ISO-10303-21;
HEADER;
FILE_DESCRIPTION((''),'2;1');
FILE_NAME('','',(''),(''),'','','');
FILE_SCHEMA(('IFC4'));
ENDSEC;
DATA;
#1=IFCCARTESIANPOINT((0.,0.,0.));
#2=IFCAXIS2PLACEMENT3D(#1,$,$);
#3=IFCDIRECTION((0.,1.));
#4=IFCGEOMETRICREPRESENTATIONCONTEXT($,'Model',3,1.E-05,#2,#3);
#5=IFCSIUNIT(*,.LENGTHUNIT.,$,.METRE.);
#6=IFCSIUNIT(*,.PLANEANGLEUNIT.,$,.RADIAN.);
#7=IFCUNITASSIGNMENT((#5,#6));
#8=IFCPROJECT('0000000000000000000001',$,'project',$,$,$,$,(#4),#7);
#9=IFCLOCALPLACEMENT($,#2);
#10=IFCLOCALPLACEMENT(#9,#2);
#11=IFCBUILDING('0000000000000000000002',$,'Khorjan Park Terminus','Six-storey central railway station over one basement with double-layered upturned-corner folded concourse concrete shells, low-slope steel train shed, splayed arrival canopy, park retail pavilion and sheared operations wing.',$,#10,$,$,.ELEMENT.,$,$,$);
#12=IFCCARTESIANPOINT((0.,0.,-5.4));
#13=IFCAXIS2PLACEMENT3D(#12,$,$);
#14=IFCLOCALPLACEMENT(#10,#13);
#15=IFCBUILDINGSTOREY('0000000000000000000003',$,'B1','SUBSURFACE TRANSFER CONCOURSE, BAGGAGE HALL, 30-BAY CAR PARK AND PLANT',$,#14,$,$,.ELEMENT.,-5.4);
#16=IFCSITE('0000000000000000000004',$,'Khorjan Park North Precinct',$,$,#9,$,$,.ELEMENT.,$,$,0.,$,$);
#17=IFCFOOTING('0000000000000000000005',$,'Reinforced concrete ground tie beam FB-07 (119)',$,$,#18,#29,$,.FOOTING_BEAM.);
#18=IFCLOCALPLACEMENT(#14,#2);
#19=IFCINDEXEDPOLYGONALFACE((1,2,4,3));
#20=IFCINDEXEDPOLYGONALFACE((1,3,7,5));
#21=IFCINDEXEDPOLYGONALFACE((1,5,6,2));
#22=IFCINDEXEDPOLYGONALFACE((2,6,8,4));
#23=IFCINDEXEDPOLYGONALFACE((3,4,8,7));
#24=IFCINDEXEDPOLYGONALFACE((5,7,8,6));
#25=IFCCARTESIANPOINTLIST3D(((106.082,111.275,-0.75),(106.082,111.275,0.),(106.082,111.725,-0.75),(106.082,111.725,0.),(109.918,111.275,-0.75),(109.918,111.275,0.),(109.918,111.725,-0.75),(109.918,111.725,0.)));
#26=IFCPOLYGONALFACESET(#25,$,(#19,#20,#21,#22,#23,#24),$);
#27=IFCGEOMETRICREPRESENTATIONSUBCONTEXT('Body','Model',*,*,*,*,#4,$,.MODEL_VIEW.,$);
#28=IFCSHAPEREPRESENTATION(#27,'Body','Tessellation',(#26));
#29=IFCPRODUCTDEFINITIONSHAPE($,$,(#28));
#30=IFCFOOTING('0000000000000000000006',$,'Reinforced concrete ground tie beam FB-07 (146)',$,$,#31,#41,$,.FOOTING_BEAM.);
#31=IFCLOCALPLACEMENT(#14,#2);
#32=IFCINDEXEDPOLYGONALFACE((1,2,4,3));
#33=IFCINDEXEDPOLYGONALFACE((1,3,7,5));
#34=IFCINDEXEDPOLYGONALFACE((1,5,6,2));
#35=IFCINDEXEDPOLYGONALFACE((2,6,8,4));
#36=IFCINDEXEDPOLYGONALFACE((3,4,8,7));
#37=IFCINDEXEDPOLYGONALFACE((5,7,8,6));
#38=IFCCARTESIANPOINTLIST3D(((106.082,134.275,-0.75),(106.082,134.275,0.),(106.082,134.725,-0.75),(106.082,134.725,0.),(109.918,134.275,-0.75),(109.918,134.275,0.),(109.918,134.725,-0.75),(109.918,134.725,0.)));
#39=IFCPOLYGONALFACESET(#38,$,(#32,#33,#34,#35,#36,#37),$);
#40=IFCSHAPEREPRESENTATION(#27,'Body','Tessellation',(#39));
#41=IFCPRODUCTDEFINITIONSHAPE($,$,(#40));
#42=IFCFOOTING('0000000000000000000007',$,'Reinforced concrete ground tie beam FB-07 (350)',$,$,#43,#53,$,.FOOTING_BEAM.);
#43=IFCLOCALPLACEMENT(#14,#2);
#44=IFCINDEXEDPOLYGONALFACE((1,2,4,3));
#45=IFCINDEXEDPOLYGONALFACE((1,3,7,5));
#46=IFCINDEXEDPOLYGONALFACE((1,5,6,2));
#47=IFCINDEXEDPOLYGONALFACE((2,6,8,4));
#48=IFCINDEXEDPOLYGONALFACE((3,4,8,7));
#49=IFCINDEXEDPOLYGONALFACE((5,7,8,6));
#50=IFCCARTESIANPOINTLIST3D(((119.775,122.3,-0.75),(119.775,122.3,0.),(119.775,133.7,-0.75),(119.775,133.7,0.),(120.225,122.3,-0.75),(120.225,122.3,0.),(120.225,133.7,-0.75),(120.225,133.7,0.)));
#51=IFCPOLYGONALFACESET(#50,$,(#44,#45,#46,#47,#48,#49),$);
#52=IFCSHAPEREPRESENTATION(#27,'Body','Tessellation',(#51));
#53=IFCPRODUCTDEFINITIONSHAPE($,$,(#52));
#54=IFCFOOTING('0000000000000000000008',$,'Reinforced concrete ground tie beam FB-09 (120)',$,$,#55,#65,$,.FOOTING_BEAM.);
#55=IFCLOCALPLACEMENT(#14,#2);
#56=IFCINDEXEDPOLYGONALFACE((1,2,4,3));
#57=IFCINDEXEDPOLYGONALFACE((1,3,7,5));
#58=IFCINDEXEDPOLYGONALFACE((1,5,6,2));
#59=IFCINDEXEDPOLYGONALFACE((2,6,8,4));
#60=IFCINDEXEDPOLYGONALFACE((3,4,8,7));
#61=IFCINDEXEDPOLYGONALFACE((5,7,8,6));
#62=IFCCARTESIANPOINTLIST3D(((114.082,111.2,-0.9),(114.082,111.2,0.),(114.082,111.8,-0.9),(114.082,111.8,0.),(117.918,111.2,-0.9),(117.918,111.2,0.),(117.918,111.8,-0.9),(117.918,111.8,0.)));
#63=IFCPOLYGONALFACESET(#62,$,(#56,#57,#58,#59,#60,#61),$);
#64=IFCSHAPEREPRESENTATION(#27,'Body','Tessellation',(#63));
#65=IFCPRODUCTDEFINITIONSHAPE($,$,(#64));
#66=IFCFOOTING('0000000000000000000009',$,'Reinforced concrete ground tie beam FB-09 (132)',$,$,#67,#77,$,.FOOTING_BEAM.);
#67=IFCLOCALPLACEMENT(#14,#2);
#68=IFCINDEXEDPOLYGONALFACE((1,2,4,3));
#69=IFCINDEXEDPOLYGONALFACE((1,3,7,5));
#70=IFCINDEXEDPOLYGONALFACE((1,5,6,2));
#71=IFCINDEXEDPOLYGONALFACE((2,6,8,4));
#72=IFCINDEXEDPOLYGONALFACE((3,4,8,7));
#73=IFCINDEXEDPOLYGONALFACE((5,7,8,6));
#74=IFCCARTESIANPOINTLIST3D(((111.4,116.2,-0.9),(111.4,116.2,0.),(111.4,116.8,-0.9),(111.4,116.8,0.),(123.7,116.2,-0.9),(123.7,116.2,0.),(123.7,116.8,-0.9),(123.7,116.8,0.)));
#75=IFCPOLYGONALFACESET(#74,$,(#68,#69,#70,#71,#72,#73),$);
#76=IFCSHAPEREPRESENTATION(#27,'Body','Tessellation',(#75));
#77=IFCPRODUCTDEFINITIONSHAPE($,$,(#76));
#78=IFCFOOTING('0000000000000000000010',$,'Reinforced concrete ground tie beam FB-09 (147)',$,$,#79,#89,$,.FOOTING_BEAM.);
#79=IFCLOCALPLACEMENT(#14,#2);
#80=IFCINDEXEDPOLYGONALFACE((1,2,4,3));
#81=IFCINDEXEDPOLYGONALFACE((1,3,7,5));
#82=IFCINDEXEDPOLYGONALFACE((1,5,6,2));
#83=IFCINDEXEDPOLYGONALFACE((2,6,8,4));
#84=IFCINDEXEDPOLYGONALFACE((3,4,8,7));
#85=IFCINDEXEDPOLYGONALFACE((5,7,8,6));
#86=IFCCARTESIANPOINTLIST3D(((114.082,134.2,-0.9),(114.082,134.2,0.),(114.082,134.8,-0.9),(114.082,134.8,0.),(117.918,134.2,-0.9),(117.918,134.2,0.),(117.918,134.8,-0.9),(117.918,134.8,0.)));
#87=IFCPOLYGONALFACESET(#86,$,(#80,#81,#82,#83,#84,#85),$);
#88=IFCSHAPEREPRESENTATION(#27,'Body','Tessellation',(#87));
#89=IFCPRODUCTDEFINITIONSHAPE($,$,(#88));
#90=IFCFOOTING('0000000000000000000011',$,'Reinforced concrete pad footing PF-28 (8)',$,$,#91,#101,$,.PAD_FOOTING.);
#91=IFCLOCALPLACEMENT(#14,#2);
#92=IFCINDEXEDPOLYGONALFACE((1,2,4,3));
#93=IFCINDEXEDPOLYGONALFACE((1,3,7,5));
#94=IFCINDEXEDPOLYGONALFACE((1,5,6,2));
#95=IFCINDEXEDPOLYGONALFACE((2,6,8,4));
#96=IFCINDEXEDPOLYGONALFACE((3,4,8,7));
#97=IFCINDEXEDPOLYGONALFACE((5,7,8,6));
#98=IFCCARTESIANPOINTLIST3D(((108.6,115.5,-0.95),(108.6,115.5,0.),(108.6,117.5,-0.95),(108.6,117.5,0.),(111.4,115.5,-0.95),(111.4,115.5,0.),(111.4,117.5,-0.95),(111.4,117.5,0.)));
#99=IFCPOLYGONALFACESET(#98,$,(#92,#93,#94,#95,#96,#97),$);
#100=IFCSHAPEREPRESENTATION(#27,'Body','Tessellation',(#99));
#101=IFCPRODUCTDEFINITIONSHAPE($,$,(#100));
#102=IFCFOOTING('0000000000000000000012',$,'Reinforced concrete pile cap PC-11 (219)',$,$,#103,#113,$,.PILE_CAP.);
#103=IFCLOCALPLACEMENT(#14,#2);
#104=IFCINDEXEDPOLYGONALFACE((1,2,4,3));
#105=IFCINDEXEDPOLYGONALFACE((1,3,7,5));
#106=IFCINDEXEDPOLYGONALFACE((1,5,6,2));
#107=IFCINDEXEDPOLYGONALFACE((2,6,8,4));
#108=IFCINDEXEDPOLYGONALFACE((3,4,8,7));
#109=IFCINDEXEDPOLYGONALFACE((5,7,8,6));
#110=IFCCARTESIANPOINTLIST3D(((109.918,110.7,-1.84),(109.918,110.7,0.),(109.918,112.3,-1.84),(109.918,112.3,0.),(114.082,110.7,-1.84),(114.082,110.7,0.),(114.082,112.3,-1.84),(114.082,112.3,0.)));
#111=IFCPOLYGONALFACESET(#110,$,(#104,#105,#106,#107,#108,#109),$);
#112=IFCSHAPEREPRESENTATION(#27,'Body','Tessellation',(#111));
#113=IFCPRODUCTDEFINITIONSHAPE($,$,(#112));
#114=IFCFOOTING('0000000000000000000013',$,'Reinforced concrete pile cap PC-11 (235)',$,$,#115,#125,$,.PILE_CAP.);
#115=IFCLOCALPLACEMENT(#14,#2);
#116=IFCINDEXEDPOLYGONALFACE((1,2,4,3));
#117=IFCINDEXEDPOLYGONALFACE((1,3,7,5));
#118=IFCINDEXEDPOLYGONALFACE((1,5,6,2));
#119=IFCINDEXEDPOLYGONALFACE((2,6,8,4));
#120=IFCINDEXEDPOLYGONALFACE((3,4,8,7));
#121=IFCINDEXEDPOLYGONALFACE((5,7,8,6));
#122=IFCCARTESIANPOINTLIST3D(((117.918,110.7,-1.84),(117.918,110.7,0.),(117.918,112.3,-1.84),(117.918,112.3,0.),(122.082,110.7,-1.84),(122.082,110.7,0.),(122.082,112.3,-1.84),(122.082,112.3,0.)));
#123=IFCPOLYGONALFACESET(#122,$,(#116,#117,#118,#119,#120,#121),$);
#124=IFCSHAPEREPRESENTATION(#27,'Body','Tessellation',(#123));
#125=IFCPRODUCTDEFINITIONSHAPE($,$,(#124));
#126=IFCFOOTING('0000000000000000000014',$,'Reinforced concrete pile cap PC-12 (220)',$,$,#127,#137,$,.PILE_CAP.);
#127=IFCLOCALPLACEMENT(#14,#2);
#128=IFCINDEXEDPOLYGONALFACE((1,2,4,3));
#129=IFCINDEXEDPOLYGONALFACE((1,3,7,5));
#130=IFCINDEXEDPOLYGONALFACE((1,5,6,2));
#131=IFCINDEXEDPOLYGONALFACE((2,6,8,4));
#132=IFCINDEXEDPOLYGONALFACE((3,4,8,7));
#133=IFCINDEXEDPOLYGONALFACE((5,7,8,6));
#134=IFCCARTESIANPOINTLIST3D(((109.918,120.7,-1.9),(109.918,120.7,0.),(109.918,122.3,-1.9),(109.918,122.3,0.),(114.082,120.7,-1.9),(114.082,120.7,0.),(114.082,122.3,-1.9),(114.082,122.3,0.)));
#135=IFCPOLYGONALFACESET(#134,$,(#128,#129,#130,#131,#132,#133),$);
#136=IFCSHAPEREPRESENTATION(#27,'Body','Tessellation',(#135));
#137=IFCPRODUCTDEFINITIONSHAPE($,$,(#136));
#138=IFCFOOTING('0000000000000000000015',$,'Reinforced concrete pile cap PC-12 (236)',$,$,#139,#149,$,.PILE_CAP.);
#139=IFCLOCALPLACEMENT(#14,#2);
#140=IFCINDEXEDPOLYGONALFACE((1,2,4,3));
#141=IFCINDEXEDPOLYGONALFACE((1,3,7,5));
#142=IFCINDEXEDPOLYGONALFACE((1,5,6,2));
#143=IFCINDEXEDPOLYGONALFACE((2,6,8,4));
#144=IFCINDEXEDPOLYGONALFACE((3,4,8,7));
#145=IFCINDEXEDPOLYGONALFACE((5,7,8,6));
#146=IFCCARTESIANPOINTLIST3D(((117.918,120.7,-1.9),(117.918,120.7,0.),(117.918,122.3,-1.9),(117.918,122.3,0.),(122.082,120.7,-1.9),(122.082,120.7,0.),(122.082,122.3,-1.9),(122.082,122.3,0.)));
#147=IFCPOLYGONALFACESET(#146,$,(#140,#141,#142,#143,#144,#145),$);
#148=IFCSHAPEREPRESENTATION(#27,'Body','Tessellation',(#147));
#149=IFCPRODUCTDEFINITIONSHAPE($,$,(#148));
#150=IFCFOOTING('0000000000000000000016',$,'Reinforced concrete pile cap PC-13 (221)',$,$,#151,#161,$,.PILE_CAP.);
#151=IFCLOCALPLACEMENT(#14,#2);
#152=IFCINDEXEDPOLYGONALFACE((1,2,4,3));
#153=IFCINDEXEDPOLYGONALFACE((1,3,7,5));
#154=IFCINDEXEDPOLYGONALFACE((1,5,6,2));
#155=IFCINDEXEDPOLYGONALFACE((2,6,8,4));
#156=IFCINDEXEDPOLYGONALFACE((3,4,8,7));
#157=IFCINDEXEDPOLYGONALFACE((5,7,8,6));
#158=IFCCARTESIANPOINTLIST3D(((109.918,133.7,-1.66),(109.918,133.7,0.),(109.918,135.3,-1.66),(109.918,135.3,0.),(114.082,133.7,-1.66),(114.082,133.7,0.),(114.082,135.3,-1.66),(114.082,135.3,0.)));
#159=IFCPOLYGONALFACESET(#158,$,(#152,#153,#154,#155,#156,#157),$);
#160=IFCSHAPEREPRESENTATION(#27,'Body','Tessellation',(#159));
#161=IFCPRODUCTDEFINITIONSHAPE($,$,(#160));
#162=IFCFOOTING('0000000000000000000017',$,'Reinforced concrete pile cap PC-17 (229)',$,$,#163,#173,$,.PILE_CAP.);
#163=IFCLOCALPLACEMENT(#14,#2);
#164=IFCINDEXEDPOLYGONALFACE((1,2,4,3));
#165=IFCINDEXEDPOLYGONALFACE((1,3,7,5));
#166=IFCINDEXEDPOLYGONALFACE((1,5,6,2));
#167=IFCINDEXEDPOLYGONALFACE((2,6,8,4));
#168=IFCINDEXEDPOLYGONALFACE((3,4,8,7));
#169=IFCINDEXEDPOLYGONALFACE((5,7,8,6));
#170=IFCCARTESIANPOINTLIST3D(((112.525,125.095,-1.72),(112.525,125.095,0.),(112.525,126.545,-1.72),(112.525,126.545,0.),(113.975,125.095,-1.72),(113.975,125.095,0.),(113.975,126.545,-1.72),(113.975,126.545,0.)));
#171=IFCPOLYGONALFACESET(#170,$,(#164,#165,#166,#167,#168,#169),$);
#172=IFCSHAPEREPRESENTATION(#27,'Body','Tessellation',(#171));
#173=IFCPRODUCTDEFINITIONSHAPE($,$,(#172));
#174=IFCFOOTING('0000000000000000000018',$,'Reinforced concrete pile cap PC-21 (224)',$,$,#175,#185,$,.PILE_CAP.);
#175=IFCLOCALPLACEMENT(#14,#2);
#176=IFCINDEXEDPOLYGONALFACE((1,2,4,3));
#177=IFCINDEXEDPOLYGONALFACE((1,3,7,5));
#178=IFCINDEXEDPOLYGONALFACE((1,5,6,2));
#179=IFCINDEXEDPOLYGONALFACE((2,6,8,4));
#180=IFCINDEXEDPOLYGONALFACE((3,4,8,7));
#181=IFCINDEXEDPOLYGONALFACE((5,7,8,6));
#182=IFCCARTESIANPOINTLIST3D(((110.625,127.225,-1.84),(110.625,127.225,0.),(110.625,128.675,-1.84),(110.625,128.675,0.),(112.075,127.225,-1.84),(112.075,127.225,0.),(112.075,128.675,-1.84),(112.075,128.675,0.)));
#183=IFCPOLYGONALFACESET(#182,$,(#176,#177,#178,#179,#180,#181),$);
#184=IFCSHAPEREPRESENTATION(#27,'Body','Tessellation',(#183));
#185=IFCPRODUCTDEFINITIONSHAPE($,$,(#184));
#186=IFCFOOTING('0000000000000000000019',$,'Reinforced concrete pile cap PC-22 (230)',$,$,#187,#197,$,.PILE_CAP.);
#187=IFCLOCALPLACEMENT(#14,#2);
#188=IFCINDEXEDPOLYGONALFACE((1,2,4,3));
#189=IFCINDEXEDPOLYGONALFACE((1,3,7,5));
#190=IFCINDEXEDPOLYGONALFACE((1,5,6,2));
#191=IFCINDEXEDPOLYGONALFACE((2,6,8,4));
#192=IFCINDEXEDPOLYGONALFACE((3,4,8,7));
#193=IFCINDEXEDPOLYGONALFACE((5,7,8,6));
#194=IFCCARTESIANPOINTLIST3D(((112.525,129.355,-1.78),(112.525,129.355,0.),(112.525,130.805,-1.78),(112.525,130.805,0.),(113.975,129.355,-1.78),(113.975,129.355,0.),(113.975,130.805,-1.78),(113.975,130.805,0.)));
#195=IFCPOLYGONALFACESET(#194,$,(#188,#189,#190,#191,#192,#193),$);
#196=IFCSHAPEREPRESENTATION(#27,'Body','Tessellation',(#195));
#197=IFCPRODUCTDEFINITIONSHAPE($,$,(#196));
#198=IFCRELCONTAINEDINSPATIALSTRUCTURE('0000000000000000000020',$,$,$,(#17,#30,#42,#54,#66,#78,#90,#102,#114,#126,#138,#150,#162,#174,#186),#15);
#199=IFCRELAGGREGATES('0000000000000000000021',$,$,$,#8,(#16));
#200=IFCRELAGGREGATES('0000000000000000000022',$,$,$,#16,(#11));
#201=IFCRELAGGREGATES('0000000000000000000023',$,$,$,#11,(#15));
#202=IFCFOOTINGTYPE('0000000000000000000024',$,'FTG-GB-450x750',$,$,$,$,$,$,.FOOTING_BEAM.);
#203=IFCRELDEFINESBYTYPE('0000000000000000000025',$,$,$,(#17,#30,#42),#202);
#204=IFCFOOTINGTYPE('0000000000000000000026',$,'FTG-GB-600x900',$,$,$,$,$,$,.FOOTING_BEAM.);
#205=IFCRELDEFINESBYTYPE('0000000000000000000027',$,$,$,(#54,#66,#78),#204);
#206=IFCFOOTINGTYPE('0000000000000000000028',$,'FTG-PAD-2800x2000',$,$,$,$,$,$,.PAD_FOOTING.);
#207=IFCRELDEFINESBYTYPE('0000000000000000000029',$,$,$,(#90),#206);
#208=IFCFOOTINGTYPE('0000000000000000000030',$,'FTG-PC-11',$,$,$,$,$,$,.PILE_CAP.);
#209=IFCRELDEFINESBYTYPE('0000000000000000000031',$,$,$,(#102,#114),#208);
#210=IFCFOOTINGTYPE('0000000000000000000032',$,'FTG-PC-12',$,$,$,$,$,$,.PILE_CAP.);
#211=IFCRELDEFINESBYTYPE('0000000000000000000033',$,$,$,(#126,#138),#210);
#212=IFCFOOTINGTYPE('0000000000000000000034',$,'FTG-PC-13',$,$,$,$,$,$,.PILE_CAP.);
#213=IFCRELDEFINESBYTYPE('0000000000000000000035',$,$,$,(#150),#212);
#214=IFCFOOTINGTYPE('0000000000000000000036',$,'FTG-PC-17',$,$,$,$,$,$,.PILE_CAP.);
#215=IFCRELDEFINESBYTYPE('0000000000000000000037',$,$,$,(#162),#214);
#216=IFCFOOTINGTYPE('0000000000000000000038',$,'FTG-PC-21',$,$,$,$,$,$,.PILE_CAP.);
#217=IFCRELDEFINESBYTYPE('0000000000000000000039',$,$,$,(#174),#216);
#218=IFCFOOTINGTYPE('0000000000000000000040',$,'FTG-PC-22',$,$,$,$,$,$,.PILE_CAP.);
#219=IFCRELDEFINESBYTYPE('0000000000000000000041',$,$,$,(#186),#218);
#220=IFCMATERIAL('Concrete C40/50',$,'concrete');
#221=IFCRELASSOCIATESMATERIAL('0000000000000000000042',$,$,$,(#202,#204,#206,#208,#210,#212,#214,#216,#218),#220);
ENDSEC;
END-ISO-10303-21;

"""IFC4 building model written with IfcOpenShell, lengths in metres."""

from ifc_helpers import new_model, si_unit, direction, frame, origin, origin_2d, place, context, subcontext, project, spatial, rectangle, extrude, material, material_profile, profile_set, type_object, element, save


model = new_model("IFC4")

# Units and contexts
model_context = context("Model", 3, precision=1e-05, world=origin(), true_north=direction((0.0, 1.0)))
body_context = subcontext(model_context, "Body", "Model", "MODEL_VIEW")
ifc_project = project(units=[si_unit("LENGTHUNIT", "METRE"), si_unit("PLANEANGLEUNIT", "RADIAN")], contexts=[model_context])

# Site, building, storey
site_placement = place(None, origin())
site = spatial("IfcSite", under=ifc_project, at=site_placement, Name="Khorjan Park North Precinct", CompositionType="ELEMENT", RefElevation=0.0)
building_placement = place(site_placement, origin())
building = spatial("IfcBuilding", under=site, at=building_placement, Name="Khorjan Park Terminus", Description="Six-storey central railway station over one basement with double-layered upturned-corner folded concourse concrete shells, low-slope steel train shed, splayed arrival canopy, park retail pavilion and sheared operations wing.", CompositionType="ELEMENT")
storey_placement = place(building_placement, frame((0.0, 0.0, -5.4)))
storey = spatial("IfcBuildingStorey", under=building, at=storey_placement, Name="B1", Description="SUBSURFACE TRANSFER CONCOURSE, BAGGAGE HALL, 30-BAY CAR PARK AND PLANT", CompositionType="ELEMENT", Elevation=-5.4)

# Footings
ifc_material_1 = material(Name="Concrete C40/50", Category="concrete")
ifc_material_profile_1 = material_profile(ifc_material_1, rectangle(XDim=0.45, YDim=0.75, at=origin_2d()), Name="RC 450x750")
ifc_profile_set_1 = profile_set([ifc_material_profile_1], Name="Concrete C40/50")
footing_type_1 = type_object("IfcFootingType", Name="FTG-GB-450x750", PredefinedType="FOOTING_BEAM", material=ifc_profile_set_1)
for number, where, z_axis, x_axis, name in (
    (1, (106.082, 111.5, -0.375), (1.0, 0.0, 0.0), (0.0, 1.0, 0.0), "Reinforced concrete ground tie beam FB-07 (119)"),
    (2, (106.082, 134.5, -0.375), (1.0, 0.0, 0.0), (0.0, 1.0, 0.0), "Reinforced concrete ground tie beam FB-07 (146)"),
):
    element("IfcFooting", number, at=place(storey_placement, frame(where, z_axis=z_axis, x_axis=x_axis)), inside=storey, type_object=footing_type_1, Name=name, PredefinedType="FOOTING_BEAM", context=body_context, shape_type="SweptSolid", body=[
        extrude(rectangle(XDim=0.45, YDim=0.75, at=origin_2d()), origin(), (0.0, 0.0, 1.0), 3.836),
    ])
footing_1_placement = place(storey_placement, frame((120.0, 122.3, -0.375), z_axis=(0.0, 1.0, 0.0), x_axis=(-1.0, 0.0, 0.0)))
element("IfcFooting", 3, at=footing_1_placement, inside=storey, type_object=footing_type_1, Name="Reinforced concrete ground tie beam FB-07 (350)", PredefinedType="FOOTING_BEAM", context=body_context, shape_type="SweptSolid", body=[
    extrude(rectangle(XDim=0.45, YDim=0.75, at=origin_2d()), origin(), (0.0, 0.0, 1.0), 11.4),
])
ifc_material_profile_2 = material_profile(ifc_material_1, rectangle(XDim=0.6, YDim=0.9, at=origin_2d()), Name="RC 600x900")
ifc_profile_set_2 = profile_set([ifc_material_profile_2], Name="Concrete C40/50")
footing_type_2 = type_object("IfcFootingType", Name="FTG-GB-600x900", PredefinedType="FOOTING_BEAM", material=ifc_profile_set_2)
footing_2_placement = place(storey_placement, frame((114.082, 111.5, -0.45), z_axis=(1.0, 0.0, 0.0), x_axis=(0.0, 1.0, 0.0)))
element("IfcFooting", 4, at=footing_2_placement, inside=storey, type_object=footing_type_2, Name="Reinforced concrete ground tie beam FB-09 (120)", PredefinedType="FOOTING_BEAM", context=body_context, shape_type="SweptSolid", body=[
    extrude(rectangle(XDim=0.6, YDim=0.9, at=origin_2d()), origin(), (0.0, 0.0, 1.0), 3.836),
])
footing_3_placement = place(storey_placement, frame((111.4, 116.5, -0.45), z_axis=(1.0, 0.0, 0.0), x_axis=(0.0, 1.0, 0.0)))
element("IfcFooting", 5, at=footing_3_placement, inside=storey, type_object=footing_type_2, Name="Reinforced concrete ground tie beam FB-09 (132)", PredefinedType="FOOTING_BEAM", context=body_context, shape_type="SweptSolid", body=[
    extrude(rectangle(XDim=0.6, YDim=0.9, at=origin_2d()), origin(), (0.0, 0.0, 1.0), 12.3),
])
footing_4_placement = place(storey_placement, frame((114.082, 134.5, -0.45), z_axis=(1.0, 0.0, 0.0), x_axis=(0.0, 1.0, 0.0)))
element("IfcFooting", 6, at=footing_4_placement, inside=storey, type_object=footing_type_2, Name="Reinforced concrete ground tie beam FB-09 (147)", PredefinedType="FOOTING_BEAM", context=body_context, shape_type="SweptSolid", body=[
    extrude(rectangle(XDim=0.6, YDim=0.9, at=origin_2d()), origin(), (0.0, 0.0, 1.0), 3.836),
])
footing_type_3 = type_object("IfcFootingType", Name="FTG-PAD-2800x2000", PredefinedType="PAD_FOOTING", material=ifc_material_1)
footing_5_placement = place(storey_placement, frame((110.0, 116.5, -0.95), z_axis=(0.0, 0.0, 1.0), x_axis=(1.0, 0.0, 0.0)))
element("IfcFooting", 7, at=footing_5_placement, inside=storey, type_object=footing_type_3, Name="Reinforced concrete pad footing PF-28 (8)", PredefinedType="PAD_FOOTING", context=body_context, shape_type="SweptSolid", body=[
    extrude(rectangle(XDim=2.8, YDim=2.0, at=origin_2d()), origin(), (0.0, 0.0, 1.0), 0.95),
])
footing_type_4 = type_object("IfcFootingType", Name="FTG-PC-11", PredefinedType="PILE_CAP", material=ifc_material_1)
for number, where, z_axis, x_axis, name in (
    (8, (112.0, 111.5, -1.84), (0.0, 0.0, 1.0), (1.0, 0.0, 0.0), "Reinforced concrete pile cap PC-11 (219)"),
    (9, (120.0, 111.5, -1.84), (0.0, 0.0, 1.0), (1.0, 0.0, 0.0), "Reinforced concrete pile cap PC-11 (235)"),
):
    element("IfcFooting", number, at=place(storey_placement, frame(where, z_axis=z_axis, x_axis=x_axis)), inside=storey, type_object=footing_type_4, Name=name, PredefinedType="PILE_CAP", context=body_context, shape_type="SweptSolid", body=[
        extrude(rectangle(XDim=4.164, YDim=1.6, at=origin_2d()), origin(), (0.0, 0.0, 1.0), 1.84),
    ])
footing_type_5 = type_object("IfcFootingType", Name="FTG-PC-12", PredefinedType="PILE_CAP", material=ifc_material_1)
for number, where, z_axis, x_axis, name in (
    (10, (112.0, 121.5, -1.9), (0.0, 0.0, 1.0), (1.0, 0.0, 0.0), "Reinforced concrete pile cap PC-12 (220)"),
    (11, (120.0, 121.5, -1.9), (0.0, 0.0, 1.0), (1.0, 0.0, 0.0), "Reinforced concrete pile cap PC-12 (236)"),
):
    element("IfcFooting", number, at=place(storey_placement, frame(where, z_axis=z_axis, x_axis=x_axis)), inside=storey, type_object=footing_type_5, Name=name, PredefinedType="PILE_CAP", context=body_context, shape_type="SweptSolid", body=[
        extrude(rectangle(XDim=4.164, YDim=1.6, at=origin_2d()), origin(), (0.0, 0.0, 1.0), 1.9),
    ])
footing_type_6 = type_object("IfcFootingType", Name="FTG-PC-13", PredefinedType="PILE_CAP", material=ifc_material_1)
footing_6_placement = place(storey_placement, frame((112.0, 134.5, -1.66), z_axis=(0.0, 0.0, 1.0), x_axis=(1.0, 0.0, 0.0)))
element("IfcFooting", 12, at=footing_6_placement, inside=storey, type_object=footing_type_6, Name="Reinforced concrete pile cap PC-13 (221)", PredefinedType="PILE_CAP", context=body_context, shape_type="SweptSolid", body=[
    extrude(rectangle(XDim=4.164, YDim=1.6, at=origin_2d()), origin(), (0.0, 0.0, 1.0), 1.66),
])
footing_type_7 = type_object("IfcFootingType", Name="FTG-PC-17", PredefinedType="PILE_CAP", material=ifc_material_1)
footing_7_placement = place(storey_placement, frame((113.25, 125.82, -1.72), z_axis=(0.0, 0.0, 1.0), x_axis=(1.0, 0.0, 0.0)))
element("IfcFooting", 13, at=footing_7_placement, inside=storey, type_object=footing_type_7, Name="Reinforced concrete pile cap PC-17 (229)", PredefinedType="PILE_CAP", context=body_context, shape_type="SweptSolid", body=[
    extrude(rectangle(XDim=1.45, YDim=1.45, at=origin_2d()), origin(), (0.0, 0.0, 1.0), 1.72),
])
footing_type_8 = type_object("IfcFootingType", Name="FTG-PC-21", PredefinedType="PILE_CAP", material=ifc_material_1)
footing_8_placement = place(storey_placement, frame((111.35, 127.95, -1.84), z_axis=(0.0, 0.0, 1.0), x_axis=(1.0, 0.0, 0.0)))
element("IfcFooting", 14, at=footing_8_placement, inside=storey, type_object=footing_type_8, Name="Reinforced concrete pile cap PC-21 (224)", PredefinedType="PILE_CAP", context=body_context, shape_type="SweptSolid", body=[
    extrude(rectangle(XDim=1.45, YDim=1.45, at=origin_2d()), origin(), (0.0, 0.0, 1.0), 1.84),
])
footing_type_9 = type_object("IfcFootingType", Name="FTG-PC-22", PredefinedType="PILE_CAP", material=ifc_material_1)
footing_9_placement = place(storey_placement, frame((113.25, 130.08, -1.78), z_axis=(0.0, 0.0, 1.0), x_axis=(1.0, 0.0, 0.0)))
element("IfcFooting", 15, at=footing_9_placement, inside=storey, type_object=footing_type_9, Name="Reinforced concrete pile cap PC-22 (230)", PredefinedType="PILE_CAP", context=body_context, shape_type="SweptSolid", body=[
    extrude(rectangle(XDim=1.45, YDim=1.45, at=origin_2d()), origin(), (0.0, 0.0, 1.0), 1.78),
])

save(model, "model.ifc")
